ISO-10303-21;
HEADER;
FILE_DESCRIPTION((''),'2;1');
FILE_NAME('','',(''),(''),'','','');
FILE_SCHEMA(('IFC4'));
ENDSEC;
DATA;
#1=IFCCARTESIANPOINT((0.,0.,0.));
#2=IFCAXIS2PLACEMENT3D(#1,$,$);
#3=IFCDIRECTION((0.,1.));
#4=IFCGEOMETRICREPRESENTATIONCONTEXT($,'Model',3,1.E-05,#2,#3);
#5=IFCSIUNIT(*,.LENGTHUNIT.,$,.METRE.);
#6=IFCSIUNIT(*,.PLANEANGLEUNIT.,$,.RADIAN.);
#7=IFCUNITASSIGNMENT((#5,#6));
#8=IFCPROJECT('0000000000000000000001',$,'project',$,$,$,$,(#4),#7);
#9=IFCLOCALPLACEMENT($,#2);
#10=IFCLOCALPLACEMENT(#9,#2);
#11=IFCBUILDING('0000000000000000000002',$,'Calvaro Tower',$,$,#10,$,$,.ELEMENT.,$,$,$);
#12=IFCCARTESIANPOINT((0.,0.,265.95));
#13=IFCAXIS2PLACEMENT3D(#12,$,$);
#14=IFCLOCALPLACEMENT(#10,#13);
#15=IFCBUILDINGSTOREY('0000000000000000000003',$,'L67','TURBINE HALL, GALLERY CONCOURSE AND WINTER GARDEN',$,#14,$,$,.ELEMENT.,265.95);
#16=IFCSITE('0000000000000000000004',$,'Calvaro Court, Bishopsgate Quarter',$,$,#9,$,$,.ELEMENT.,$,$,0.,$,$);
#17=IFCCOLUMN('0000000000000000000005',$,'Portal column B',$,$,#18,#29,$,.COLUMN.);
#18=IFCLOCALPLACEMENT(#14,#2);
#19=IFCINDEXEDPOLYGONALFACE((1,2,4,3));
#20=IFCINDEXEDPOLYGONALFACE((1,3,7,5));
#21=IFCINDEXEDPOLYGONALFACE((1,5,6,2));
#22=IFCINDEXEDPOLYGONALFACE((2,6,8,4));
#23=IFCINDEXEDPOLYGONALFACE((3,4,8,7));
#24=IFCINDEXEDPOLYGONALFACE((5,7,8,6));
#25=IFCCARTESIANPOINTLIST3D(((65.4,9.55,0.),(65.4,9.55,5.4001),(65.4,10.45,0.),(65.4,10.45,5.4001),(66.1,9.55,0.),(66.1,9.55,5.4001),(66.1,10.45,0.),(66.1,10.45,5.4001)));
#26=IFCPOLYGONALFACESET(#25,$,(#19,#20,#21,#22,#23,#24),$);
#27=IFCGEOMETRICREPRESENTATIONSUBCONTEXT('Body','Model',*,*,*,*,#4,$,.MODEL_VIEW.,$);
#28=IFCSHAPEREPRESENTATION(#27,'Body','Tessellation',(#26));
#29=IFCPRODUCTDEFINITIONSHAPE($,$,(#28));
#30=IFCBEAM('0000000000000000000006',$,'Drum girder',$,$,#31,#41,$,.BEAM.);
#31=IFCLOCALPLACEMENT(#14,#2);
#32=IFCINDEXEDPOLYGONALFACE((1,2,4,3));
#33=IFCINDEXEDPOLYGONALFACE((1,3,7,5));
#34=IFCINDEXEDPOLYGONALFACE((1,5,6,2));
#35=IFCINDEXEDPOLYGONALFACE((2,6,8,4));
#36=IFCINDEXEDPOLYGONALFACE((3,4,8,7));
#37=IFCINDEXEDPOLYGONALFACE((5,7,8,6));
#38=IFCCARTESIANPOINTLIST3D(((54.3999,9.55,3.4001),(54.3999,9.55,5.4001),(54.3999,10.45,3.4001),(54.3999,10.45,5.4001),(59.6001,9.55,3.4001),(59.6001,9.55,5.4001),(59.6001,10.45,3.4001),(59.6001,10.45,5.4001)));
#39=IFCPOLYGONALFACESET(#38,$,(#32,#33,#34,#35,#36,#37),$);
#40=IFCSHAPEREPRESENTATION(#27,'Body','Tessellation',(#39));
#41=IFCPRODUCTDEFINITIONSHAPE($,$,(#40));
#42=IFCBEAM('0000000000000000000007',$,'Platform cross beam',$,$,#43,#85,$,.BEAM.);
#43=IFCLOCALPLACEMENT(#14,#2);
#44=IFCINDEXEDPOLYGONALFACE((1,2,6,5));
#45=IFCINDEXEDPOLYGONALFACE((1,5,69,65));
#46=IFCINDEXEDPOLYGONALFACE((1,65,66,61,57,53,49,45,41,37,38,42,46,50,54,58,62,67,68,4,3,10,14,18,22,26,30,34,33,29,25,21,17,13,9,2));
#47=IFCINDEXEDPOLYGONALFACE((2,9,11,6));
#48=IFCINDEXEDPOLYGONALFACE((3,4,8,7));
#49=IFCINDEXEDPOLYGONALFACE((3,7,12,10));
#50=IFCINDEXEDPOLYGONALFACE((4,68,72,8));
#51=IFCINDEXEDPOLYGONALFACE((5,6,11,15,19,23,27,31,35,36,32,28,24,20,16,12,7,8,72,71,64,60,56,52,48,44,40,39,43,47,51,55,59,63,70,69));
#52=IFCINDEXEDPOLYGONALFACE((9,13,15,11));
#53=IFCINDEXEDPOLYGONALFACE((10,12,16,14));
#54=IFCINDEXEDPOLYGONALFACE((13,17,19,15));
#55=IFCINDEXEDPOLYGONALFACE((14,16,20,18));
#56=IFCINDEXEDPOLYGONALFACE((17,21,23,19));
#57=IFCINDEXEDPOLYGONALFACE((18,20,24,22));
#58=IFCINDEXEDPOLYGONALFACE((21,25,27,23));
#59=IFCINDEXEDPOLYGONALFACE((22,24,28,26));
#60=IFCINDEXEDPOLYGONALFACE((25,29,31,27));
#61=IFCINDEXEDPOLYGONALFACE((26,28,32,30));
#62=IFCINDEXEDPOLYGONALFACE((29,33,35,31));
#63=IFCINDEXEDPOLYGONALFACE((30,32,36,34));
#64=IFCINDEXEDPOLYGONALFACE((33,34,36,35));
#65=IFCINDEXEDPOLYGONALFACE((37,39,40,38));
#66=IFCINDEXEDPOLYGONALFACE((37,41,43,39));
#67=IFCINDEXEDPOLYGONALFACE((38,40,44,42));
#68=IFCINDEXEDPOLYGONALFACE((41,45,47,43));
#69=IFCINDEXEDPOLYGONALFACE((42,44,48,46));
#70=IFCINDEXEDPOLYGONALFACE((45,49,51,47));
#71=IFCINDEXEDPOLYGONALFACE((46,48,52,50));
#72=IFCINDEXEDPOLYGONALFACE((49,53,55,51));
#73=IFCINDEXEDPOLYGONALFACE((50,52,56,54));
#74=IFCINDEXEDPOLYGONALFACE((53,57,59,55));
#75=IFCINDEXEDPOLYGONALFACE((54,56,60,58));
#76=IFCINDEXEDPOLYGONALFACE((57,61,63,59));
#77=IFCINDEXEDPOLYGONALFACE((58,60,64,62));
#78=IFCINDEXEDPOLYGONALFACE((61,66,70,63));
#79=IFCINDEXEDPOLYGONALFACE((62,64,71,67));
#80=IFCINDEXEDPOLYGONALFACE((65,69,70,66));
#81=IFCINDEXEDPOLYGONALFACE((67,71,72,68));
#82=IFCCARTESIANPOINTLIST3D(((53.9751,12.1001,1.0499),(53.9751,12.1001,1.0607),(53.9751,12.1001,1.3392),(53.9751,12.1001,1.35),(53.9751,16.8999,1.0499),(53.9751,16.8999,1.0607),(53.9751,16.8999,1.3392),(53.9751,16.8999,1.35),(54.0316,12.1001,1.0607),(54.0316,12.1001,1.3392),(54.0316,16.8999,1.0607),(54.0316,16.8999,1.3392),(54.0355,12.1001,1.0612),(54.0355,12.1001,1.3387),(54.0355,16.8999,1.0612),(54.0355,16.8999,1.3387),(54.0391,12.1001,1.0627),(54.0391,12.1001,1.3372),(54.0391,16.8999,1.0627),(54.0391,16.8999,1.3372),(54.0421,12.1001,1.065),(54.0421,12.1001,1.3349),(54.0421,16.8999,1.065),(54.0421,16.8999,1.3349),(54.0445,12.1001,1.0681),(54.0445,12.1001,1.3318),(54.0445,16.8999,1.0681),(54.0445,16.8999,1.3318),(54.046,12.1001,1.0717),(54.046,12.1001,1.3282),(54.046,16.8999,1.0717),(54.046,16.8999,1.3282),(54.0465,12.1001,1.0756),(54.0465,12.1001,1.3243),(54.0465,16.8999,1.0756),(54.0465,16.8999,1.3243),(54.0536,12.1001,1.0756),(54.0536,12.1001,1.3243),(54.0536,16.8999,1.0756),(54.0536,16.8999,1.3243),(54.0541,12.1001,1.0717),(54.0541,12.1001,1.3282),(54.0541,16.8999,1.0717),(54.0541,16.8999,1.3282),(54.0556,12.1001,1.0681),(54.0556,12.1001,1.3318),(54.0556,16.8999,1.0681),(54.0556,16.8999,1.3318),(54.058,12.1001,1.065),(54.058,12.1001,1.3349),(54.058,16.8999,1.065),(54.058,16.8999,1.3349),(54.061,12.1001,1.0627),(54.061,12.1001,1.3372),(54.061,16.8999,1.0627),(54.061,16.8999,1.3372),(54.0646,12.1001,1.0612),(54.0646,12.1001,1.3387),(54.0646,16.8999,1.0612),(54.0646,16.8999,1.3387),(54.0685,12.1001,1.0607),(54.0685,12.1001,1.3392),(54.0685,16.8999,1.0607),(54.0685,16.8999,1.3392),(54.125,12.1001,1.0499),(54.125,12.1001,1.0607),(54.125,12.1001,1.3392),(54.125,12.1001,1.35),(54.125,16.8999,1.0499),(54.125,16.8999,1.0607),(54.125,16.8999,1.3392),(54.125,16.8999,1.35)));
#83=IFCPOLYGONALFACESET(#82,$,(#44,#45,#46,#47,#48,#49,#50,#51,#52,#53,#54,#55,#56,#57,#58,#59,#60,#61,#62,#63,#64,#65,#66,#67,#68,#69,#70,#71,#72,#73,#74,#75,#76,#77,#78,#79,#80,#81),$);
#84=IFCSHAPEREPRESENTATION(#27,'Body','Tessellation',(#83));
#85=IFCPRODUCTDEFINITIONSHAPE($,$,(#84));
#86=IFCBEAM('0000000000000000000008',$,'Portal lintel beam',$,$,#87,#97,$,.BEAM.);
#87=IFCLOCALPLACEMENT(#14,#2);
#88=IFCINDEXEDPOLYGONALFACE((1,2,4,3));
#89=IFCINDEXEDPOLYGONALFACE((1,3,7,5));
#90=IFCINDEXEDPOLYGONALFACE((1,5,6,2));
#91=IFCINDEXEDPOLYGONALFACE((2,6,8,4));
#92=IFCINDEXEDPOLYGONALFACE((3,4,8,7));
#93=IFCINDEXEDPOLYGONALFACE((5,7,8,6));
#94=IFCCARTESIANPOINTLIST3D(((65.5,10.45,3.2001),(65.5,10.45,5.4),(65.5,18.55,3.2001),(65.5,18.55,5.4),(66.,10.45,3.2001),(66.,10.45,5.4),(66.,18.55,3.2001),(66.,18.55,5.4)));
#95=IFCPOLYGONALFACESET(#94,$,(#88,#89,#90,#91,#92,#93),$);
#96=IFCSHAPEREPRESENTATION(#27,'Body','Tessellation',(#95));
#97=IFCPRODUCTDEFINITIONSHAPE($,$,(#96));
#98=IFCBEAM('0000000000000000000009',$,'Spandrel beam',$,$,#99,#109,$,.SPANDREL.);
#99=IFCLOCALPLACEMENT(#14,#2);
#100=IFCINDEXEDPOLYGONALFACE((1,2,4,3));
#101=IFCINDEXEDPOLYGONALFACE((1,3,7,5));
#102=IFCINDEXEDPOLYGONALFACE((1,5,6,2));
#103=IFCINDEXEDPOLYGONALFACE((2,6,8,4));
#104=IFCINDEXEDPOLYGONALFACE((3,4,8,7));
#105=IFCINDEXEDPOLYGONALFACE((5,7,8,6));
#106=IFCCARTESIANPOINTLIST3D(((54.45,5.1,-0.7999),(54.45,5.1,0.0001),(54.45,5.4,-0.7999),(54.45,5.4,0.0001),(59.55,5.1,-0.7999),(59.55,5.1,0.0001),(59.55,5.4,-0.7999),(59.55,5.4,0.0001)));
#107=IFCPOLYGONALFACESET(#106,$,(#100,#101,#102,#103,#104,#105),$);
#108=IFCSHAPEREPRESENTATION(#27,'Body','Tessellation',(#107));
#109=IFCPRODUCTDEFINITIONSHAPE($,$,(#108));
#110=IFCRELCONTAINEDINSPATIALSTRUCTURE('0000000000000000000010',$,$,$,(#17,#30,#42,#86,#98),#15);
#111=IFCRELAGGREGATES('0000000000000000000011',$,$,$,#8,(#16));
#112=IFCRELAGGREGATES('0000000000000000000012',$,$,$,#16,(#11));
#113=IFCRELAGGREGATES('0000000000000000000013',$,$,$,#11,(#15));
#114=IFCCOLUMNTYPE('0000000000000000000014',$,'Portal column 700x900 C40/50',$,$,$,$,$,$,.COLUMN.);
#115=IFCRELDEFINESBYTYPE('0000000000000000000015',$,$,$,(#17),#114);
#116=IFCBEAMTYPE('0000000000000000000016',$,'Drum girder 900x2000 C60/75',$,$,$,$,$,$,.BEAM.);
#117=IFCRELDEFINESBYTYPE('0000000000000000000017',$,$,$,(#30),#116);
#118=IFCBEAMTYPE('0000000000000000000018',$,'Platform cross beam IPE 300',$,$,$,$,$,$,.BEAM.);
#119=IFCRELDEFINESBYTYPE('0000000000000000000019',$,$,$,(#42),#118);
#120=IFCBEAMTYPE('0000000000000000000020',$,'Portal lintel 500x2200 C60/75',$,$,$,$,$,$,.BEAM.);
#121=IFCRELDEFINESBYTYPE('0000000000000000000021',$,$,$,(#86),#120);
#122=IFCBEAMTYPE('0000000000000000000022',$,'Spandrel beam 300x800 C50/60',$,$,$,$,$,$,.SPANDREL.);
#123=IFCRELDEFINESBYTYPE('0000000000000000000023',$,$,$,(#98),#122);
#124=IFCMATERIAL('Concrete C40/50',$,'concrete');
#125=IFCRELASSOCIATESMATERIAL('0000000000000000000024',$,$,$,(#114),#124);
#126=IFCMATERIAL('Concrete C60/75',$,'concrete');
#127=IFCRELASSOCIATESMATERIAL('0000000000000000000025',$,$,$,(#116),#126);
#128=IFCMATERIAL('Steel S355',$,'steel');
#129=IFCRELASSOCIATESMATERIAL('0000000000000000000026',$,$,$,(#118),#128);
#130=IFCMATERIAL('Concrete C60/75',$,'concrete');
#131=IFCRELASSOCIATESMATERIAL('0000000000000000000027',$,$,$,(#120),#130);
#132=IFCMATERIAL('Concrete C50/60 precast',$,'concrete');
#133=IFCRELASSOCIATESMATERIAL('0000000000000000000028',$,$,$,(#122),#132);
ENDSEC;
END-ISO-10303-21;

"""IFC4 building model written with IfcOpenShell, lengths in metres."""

from ifc_helpers import new_model, si_unit, direction, frame, origin, origin_2d, place, context, subcontext, project, spatial, rectangle, i_section, extrude, material, material_profile, profile_set, type_object, element, save


model = new_model("IFC4")

# Units and contexts
model_context = context("Model", 3, precision=1e-05, world=origin(), true_north=direction((0.0, 1.0)))
body_context = subcontext(model_context, "Body", "Model", "MODEL_VIEW")
ifc_project = project(units=[si_unit("LENGTHUNIT", "METRE"), si_unit("PLANEANGLEUNIT", "RADIAN")], contexts=[model_context])

# Site, building, storey
site_placement = place(None, origin())
site = spatial("IfcSite", under=ifc_project, at=site_placement, Name="Calvaro Court, Bishopsgate Quarter", CompositionType="ELEMENT", RefElevation=0.0)
building_placement = place(site_placement, origin())
building = spatial("IfcBuilding", under=site, at=building_placement, Name="Calvaro Tower", CompositionType="ELEMENT")
storey_placement = place(building_placement, frame((0.0, 0.0, 265.95)))
storey = spatial("IfcBuildingStorey", under=building, at=storey_placement, Name="L67", Description="TURBINE HALL, GALLERY CONCOURSE AND WINTER GARDEN", CompositionType="ELEMENT", Elevation=265.95)

# Column
ifc_material_1 = material(Name="Concrete C40/50", Category="concrete")
ifc_material_profile_1 = material_profile(ifc_material_1, rectangle(XDim=0.7, YDim=0.8999, at=origin_2d()), Name="RC 700x900")
ifc_profile_set_1 = profile_set([ifc_material_profile_1], Name="Concrete C40/50")
column_type_1 = type_object("IfcColumnType", Name="Portal column 700x900 C40/50", PredefinedType="COLUMN", material=ifc_profile_set_1)
column_placement = place(storey_placement, frame((65.75, 10.0, 0.0), z_axis=(0.0, 0.0, 1.0), x_axis=(1.0, 0.0, 0.0)))
element("IfcColumn", 1, at=column_placement, inside=storey, type_object=column_type_1, Name="Portal column B", PredefinedType="COLUMN", context=body_context, shape_type="SweptSolid", body=[
    extrude(rectangle(XDim=0.7, YDim=0.8999, at=origin_2d()), origin(), (0.0, 0.0, 1.0), 5.4001),
])

# Beams
ifc_material_2 = material(Name="Concrete C60/75", Category="concrete")
ifc_material_profile_2 = material_profile(ifc_material_2, rectangle(XDim=0.8999, YDim=2.0, at=origin_2d()), Name="RC 900x2000")
ifc_profile_set_2 = profile_set([ifc_material_profile_2], Name="Concrete C60/75")
beam_type_1 = type_object("IfcBeamType", Name="Drum girder 900x2000 C60/75", PredefinedType="BEAM", material=ifc_profile_set_2)
beam_1_placement = place(storey_placement, frame((54.3999, 10.0, 4.4001), z_axis=(1.0, 0.0, 0.0), x_axis=(0.0, 1.0, 0.0)))
element("IfcBeam", 2, at=beam_1_placement, inside=storey, type_object=beam_type_1, Name="Drum girder", PredefinedType="BEAM", context=body_context, shape_type="SweptSolid", body=[
    extrude(rectangle(XDim=0.8999, YDim=2.0, at=origin_2d()), origin(), (0.0, 0.0, 1.0), 5.2002),
])
ifc_material_3 = material(Name="Steel S355", Category="steel")
ifc_material_profile_3 = material_profile(ifc_material_3, i_section(OverallWidth=0.1499, OverallDepth=0.3, WebThickness=0.0071, FlangeThickness=0.0107, FilletRadius=0.0149, at=origin_2d()), Name="IPE 300")
ifc_profile_set_3 = profile_set([ifc_material_profile_3], Name="Steel S355")
beam_type_2 = type_object("IfcBeamType", Name="Platform cross beam IPE 300", PredefinedType="BEAM", material=ifc_profile_set_3)
beam_2_placement = place(storey_placement, frame((54.05, 12.1001, 1.2), z_axis=(0.0, 1.0, 0.0), x_axis=(-1.0, 0.0, 0.0)))
element("IfcBeam", 3, at=beam_2_placement, inside=storey, type_object=beam_type_2, Name="Platform cross beam", PredefinedType="BEAM", context=body_context, shape_type="SweptSolid", body=[
    extrude(i_section(OverallWidth=0.1499, OverallDepth=0.3, WebThickness=0.0071, FlangeThickness=0.0107, FilletRadius=0.0149, at=origin_2d()), origin(), (0.0, 0.0, 1.0), 4.7998),
])
ifc_material_4 = material(Name="Concrete C60/75", Category="concrete")
ifc_material_profile_4 = material_profile(ifc_material_4, rectangle(XDim=0.5, YDim=2.2, at=origin_2d()), Name="RC 500x2200")
ifc_profile_set_4 = profile_set([ifc_material_profile_4], Name="Concrete C60/75")
beam_type_3 = type_object("IfcBeamType", Name="Portal lintel 500x2200 C60/75", PredefinedType="BEAM", material=ifc_profile_set_4)
beam_3_placement = place(storey_placement, frame((65.75, 10.45, 4.3), z_axis=(0.0, 1.0, 0.0), x_axis=(-1.0, 0.0, 0.0)))
element("IfcBeam", 4, at=beam_3_placement, inside=storey, type_object=beam_type_3, Name="Portal lintel beam", PredefinedType="BEAM", context=body_context, shape_type="SweptSolid", body=[
    extrude(rectangle(XDim=0.5, YDim=2.2, at=origin_2d()), origin(), (0.0, 0.0, 1.0), 8.1001),
])
ifc_material_5 = material(Name="Concrete C50/60 precast", Category="concrete")
ifc_material_profile_5 = material_profile(ifc_material_5, rectangle(XDim=0.3, YDim=0.8, at=origin_2d()), Name="RC 300x800")
ifc_profile_set_5 = profile_set([ifc_material_profile_5], Name="Concrete C50/60 precast")
beam_type_4 = type_object("IfcBeamType", Name="Spandrel beam 300x800 C50/60", PredefinedType="SPANDREL", material=ifc_profile_set_5)
beam_4_placement = place(storey_placement, frame((54.45, 5.25, -0.3999), z_axis=(1.0, 0.0, 0.0), x_axis=(0.0, 1.0, 0.0)))
element("IfcBeam", 5, at=beam_4_placement, inside=storey, type_object=beam_type_4, Name="Spandrel beam", PredefinedType="SPANDREL", context=body_context, shape_type="SweptSolid", body=[
    extrude(rectangle(XDim=0.3, YDim=0.8, at=origin_2d()), origin(), (0.0, 0.0, 1.0), 5.1001),
])

save(model, "model.ifc")
